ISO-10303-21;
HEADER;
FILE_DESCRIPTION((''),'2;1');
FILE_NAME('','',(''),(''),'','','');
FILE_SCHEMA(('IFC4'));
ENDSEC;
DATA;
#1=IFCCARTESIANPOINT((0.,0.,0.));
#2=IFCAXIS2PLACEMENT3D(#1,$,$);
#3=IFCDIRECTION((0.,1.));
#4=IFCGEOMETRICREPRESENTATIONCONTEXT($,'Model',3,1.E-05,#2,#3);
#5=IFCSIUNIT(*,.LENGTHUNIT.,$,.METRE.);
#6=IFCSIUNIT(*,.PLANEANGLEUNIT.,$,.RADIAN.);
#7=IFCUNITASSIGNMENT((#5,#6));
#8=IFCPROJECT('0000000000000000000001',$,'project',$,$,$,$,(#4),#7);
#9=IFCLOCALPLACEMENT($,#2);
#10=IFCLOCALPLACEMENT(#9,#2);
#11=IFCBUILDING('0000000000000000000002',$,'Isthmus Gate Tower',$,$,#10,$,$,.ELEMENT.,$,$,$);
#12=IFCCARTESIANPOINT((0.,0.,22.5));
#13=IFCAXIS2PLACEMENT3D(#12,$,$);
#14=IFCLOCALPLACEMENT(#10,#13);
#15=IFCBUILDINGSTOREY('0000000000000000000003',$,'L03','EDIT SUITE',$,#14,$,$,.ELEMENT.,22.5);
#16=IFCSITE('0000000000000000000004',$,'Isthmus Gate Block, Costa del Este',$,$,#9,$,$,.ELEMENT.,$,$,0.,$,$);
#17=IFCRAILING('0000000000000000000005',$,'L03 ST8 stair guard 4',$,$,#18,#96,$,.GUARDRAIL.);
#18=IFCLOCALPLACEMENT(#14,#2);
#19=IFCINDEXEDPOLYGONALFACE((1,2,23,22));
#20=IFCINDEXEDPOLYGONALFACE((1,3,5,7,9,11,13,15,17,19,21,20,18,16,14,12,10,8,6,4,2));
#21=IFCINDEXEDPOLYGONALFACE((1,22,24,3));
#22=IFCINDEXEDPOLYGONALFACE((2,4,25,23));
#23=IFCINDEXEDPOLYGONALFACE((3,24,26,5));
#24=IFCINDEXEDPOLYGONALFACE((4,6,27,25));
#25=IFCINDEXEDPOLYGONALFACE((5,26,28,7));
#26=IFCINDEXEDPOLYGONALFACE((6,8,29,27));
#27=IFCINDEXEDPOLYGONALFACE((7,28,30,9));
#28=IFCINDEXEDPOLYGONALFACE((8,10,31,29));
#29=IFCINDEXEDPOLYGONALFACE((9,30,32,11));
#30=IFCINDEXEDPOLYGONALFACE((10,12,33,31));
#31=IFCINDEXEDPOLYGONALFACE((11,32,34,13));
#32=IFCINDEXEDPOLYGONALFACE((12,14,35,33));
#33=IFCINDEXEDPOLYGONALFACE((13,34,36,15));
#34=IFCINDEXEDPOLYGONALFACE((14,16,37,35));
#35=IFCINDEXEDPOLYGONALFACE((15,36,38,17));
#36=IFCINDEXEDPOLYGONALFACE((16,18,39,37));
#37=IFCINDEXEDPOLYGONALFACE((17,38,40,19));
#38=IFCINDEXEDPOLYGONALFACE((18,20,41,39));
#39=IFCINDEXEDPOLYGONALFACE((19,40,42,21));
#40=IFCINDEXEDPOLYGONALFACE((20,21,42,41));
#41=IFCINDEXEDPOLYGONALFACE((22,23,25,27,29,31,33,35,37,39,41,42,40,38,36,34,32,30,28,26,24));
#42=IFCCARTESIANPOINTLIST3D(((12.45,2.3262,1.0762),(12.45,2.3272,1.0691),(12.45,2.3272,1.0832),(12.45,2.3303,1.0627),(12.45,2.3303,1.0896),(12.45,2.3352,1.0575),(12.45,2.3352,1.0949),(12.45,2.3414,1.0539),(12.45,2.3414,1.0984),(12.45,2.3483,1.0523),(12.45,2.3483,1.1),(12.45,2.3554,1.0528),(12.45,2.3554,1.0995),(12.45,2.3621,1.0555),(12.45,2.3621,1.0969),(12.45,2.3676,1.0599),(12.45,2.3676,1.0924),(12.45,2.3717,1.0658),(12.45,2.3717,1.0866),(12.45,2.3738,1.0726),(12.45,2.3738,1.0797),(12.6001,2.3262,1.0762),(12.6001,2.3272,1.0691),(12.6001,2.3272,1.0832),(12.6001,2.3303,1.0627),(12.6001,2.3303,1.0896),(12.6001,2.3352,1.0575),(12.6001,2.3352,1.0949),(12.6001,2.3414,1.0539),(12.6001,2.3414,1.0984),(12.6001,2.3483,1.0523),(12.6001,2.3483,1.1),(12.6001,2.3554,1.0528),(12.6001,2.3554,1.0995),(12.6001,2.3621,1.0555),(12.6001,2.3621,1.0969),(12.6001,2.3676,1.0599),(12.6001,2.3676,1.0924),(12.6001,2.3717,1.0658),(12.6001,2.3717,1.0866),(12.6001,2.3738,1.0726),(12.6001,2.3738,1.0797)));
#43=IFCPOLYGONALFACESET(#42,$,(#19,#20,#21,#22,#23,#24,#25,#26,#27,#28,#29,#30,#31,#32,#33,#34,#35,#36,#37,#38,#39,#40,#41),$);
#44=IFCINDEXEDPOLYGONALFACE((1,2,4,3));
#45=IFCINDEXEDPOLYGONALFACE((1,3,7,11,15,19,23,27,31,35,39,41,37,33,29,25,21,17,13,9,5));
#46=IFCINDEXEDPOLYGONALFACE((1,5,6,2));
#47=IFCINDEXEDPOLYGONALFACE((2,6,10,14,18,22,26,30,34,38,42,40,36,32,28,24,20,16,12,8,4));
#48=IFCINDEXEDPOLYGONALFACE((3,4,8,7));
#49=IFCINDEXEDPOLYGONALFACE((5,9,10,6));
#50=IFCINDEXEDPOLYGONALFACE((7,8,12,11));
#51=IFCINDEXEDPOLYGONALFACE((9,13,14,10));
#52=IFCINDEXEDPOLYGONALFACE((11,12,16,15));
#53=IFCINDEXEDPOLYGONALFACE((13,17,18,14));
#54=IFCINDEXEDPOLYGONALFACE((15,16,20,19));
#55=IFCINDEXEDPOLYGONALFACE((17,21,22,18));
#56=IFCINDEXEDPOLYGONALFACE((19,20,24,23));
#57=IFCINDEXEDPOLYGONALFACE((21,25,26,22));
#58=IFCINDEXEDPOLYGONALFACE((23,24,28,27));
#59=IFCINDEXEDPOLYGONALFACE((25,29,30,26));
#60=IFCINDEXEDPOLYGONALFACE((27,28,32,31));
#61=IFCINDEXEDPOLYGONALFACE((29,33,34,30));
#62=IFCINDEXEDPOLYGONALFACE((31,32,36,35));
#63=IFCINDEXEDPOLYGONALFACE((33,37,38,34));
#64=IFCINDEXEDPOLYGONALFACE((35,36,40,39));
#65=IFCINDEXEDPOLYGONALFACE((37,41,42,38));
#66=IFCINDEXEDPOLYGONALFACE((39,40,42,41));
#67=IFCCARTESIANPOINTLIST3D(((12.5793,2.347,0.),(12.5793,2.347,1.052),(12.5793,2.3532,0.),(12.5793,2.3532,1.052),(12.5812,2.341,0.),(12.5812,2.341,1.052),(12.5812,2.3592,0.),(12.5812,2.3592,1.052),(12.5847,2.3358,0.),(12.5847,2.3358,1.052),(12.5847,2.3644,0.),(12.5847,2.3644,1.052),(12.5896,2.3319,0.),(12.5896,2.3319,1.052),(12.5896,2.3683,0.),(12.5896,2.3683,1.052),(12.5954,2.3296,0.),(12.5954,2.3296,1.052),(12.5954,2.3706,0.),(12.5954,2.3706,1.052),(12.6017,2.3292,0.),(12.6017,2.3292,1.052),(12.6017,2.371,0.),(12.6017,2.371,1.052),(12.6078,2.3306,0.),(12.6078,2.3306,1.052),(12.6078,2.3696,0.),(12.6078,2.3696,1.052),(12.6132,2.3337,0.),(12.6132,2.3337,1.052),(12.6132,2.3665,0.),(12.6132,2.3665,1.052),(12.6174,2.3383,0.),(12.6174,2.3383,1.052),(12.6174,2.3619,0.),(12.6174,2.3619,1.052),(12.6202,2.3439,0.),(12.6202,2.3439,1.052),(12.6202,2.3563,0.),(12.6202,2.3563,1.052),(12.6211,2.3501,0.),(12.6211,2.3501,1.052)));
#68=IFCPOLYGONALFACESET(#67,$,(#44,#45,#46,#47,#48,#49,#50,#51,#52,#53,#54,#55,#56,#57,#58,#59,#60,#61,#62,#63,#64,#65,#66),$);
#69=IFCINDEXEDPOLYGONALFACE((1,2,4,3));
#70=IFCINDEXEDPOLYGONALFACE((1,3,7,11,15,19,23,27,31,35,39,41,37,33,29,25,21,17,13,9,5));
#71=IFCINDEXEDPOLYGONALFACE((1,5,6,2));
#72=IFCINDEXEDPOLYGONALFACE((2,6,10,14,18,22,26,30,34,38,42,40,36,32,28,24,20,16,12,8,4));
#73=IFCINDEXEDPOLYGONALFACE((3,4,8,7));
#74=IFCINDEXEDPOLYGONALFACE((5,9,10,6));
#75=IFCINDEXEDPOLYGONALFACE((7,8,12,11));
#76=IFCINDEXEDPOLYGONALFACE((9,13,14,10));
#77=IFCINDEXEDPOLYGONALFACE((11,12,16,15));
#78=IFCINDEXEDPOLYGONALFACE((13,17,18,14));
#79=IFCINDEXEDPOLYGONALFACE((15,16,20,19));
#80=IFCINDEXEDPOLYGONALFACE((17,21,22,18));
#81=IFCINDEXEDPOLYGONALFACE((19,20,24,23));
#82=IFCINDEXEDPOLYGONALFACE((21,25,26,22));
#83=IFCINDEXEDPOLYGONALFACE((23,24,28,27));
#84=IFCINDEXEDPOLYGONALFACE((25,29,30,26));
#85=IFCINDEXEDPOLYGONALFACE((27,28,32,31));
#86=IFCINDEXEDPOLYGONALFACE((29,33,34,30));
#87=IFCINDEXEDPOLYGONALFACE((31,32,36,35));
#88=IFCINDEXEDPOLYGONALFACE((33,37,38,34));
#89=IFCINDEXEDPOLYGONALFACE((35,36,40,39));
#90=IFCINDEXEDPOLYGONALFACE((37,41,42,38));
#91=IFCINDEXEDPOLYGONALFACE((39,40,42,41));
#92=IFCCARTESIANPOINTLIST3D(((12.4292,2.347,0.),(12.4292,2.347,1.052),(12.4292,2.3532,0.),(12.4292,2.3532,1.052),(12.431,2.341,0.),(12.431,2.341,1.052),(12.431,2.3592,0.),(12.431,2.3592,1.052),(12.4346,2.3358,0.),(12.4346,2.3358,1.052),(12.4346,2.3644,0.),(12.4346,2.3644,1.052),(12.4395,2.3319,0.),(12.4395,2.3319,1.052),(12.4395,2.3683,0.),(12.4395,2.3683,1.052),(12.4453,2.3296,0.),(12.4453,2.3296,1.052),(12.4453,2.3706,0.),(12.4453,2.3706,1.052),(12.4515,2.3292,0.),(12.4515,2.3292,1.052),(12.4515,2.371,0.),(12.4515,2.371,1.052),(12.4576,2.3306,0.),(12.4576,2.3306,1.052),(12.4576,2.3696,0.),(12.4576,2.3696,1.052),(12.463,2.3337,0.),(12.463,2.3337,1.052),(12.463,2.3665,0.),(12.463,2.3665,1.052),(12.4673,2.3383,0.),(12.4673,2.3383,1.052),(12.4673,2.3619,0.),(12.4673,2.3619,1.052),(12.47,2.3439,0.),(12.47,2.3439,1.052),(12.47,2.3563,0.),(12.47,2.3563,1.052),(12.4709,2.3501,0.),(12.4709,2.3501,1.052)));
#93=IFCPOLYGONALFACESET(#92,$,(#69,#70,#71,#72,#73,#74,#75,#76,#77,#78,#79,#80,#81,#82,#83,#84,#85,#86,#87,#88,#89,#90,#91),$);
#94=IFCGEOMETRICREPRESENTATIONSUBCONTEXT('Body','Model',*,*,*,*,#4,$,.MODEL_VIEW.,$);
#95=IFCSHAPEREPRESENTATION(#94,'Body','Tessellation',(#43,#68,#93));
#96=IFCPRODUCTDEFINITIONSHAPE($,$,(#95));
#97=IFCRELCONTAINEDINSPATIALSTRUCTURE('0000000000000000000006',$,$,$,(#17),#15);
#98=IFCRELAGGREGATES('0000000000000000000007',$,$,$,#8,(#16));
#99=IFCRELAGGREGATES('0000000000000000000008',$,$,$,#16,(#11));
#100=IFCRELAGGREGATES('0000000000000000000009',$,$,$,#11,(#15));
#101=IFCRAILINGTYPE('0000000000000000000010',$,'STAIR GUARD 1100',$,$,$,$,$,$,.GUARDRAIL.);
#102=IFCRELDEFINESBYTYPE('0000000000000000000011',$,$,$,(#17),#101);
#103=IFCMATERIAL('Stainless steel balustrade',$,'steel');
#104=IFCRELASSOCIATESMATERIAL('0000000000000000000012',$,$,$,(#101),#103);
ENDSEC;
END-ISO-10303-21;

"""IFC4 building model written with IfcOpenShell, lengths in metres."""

from ifc_helpers import new_model, si_unit, direction, frame, origin, origin_2d, place, context, subcontext, project, spatial, circle, extrude, material, type_object, element, save


model = new_model("IFC4")

# Units and contexts
model_context = context("Model", 3, precision=1e-05, world=origin(), true_north=direction((0.0, 1.0)))
body_context = subcontext(model_context, "Body", "Model", "MODEL_VIEW")
ifc_project = project(units=[si_unit("LENGTHUNIT", "METRE"), si_unit("PLANEANGLEUNIT", "RADIAN")], contexts=[model_context])

# Site, building, storey
site_placement = place(None, origin())
site = spatial("IfcSite", under=ifc_project, at=site_placement, Name="Isthmus Gate Block, Costa del Este", CompositionType="ELEMENT", RefElevation=0.0)
building_placement = place(site_placement, origin())
building = spatial("IfcBuilding", under=site, at=building_placement, Name="Isthmus Gate Tower", CompositionType="ELEMENT")
storey_placement = place(building_placement, frame((0.0, 0.0, 22.5)))
storey = spatial("IfcBuildingStorey", under=building, at=storey_placement, Name="L03", Description="EDIT SUITE", CompositionType="ELEMENT", Elevation=22.5)

# Railing
ifc_material_1 = material(Name="Stainless steel balustrade", Category="steel")
railing_type_1 = type_object("IfcRailingType", Name="STAIR GUARD 1100", PredefinedType="GUARDRAIL", material=ifc_material_1)
railing_1_placement = place(storey_placement, frame((12.6001, 2.3501, 0.0)))
element("IfcRailing", 1, at=railing_1_placement, inside=storey, type_object=railing_type_1, Name="L03 ST8 stair guard 4", PredefinedType="GUARDRAIL", context=body_context, shape_type="SweptSolid", body=[
    extrude(circle(Radius=0.0239, at=origin_2d()), frame((0.0, 0.0, 1.0762), z_axis=(-1.0, 0.0, 0.0), x_axis=(0.0, -1.0, 0.0)), (0.0, 0.0, 1.0), 0.1501),
    extrude(circle(Radius=0.021, at=origin_2d()), origin(), (0.0, 0.0, 1.0), 1.052),
    extrude(circle(Radius=0.021, at=origin_2d()), frame((-0.1501, 0.0, 0.0)), (0.0, 0.0, 1.0), 1.052),
])

save(model, "model.ifc")
